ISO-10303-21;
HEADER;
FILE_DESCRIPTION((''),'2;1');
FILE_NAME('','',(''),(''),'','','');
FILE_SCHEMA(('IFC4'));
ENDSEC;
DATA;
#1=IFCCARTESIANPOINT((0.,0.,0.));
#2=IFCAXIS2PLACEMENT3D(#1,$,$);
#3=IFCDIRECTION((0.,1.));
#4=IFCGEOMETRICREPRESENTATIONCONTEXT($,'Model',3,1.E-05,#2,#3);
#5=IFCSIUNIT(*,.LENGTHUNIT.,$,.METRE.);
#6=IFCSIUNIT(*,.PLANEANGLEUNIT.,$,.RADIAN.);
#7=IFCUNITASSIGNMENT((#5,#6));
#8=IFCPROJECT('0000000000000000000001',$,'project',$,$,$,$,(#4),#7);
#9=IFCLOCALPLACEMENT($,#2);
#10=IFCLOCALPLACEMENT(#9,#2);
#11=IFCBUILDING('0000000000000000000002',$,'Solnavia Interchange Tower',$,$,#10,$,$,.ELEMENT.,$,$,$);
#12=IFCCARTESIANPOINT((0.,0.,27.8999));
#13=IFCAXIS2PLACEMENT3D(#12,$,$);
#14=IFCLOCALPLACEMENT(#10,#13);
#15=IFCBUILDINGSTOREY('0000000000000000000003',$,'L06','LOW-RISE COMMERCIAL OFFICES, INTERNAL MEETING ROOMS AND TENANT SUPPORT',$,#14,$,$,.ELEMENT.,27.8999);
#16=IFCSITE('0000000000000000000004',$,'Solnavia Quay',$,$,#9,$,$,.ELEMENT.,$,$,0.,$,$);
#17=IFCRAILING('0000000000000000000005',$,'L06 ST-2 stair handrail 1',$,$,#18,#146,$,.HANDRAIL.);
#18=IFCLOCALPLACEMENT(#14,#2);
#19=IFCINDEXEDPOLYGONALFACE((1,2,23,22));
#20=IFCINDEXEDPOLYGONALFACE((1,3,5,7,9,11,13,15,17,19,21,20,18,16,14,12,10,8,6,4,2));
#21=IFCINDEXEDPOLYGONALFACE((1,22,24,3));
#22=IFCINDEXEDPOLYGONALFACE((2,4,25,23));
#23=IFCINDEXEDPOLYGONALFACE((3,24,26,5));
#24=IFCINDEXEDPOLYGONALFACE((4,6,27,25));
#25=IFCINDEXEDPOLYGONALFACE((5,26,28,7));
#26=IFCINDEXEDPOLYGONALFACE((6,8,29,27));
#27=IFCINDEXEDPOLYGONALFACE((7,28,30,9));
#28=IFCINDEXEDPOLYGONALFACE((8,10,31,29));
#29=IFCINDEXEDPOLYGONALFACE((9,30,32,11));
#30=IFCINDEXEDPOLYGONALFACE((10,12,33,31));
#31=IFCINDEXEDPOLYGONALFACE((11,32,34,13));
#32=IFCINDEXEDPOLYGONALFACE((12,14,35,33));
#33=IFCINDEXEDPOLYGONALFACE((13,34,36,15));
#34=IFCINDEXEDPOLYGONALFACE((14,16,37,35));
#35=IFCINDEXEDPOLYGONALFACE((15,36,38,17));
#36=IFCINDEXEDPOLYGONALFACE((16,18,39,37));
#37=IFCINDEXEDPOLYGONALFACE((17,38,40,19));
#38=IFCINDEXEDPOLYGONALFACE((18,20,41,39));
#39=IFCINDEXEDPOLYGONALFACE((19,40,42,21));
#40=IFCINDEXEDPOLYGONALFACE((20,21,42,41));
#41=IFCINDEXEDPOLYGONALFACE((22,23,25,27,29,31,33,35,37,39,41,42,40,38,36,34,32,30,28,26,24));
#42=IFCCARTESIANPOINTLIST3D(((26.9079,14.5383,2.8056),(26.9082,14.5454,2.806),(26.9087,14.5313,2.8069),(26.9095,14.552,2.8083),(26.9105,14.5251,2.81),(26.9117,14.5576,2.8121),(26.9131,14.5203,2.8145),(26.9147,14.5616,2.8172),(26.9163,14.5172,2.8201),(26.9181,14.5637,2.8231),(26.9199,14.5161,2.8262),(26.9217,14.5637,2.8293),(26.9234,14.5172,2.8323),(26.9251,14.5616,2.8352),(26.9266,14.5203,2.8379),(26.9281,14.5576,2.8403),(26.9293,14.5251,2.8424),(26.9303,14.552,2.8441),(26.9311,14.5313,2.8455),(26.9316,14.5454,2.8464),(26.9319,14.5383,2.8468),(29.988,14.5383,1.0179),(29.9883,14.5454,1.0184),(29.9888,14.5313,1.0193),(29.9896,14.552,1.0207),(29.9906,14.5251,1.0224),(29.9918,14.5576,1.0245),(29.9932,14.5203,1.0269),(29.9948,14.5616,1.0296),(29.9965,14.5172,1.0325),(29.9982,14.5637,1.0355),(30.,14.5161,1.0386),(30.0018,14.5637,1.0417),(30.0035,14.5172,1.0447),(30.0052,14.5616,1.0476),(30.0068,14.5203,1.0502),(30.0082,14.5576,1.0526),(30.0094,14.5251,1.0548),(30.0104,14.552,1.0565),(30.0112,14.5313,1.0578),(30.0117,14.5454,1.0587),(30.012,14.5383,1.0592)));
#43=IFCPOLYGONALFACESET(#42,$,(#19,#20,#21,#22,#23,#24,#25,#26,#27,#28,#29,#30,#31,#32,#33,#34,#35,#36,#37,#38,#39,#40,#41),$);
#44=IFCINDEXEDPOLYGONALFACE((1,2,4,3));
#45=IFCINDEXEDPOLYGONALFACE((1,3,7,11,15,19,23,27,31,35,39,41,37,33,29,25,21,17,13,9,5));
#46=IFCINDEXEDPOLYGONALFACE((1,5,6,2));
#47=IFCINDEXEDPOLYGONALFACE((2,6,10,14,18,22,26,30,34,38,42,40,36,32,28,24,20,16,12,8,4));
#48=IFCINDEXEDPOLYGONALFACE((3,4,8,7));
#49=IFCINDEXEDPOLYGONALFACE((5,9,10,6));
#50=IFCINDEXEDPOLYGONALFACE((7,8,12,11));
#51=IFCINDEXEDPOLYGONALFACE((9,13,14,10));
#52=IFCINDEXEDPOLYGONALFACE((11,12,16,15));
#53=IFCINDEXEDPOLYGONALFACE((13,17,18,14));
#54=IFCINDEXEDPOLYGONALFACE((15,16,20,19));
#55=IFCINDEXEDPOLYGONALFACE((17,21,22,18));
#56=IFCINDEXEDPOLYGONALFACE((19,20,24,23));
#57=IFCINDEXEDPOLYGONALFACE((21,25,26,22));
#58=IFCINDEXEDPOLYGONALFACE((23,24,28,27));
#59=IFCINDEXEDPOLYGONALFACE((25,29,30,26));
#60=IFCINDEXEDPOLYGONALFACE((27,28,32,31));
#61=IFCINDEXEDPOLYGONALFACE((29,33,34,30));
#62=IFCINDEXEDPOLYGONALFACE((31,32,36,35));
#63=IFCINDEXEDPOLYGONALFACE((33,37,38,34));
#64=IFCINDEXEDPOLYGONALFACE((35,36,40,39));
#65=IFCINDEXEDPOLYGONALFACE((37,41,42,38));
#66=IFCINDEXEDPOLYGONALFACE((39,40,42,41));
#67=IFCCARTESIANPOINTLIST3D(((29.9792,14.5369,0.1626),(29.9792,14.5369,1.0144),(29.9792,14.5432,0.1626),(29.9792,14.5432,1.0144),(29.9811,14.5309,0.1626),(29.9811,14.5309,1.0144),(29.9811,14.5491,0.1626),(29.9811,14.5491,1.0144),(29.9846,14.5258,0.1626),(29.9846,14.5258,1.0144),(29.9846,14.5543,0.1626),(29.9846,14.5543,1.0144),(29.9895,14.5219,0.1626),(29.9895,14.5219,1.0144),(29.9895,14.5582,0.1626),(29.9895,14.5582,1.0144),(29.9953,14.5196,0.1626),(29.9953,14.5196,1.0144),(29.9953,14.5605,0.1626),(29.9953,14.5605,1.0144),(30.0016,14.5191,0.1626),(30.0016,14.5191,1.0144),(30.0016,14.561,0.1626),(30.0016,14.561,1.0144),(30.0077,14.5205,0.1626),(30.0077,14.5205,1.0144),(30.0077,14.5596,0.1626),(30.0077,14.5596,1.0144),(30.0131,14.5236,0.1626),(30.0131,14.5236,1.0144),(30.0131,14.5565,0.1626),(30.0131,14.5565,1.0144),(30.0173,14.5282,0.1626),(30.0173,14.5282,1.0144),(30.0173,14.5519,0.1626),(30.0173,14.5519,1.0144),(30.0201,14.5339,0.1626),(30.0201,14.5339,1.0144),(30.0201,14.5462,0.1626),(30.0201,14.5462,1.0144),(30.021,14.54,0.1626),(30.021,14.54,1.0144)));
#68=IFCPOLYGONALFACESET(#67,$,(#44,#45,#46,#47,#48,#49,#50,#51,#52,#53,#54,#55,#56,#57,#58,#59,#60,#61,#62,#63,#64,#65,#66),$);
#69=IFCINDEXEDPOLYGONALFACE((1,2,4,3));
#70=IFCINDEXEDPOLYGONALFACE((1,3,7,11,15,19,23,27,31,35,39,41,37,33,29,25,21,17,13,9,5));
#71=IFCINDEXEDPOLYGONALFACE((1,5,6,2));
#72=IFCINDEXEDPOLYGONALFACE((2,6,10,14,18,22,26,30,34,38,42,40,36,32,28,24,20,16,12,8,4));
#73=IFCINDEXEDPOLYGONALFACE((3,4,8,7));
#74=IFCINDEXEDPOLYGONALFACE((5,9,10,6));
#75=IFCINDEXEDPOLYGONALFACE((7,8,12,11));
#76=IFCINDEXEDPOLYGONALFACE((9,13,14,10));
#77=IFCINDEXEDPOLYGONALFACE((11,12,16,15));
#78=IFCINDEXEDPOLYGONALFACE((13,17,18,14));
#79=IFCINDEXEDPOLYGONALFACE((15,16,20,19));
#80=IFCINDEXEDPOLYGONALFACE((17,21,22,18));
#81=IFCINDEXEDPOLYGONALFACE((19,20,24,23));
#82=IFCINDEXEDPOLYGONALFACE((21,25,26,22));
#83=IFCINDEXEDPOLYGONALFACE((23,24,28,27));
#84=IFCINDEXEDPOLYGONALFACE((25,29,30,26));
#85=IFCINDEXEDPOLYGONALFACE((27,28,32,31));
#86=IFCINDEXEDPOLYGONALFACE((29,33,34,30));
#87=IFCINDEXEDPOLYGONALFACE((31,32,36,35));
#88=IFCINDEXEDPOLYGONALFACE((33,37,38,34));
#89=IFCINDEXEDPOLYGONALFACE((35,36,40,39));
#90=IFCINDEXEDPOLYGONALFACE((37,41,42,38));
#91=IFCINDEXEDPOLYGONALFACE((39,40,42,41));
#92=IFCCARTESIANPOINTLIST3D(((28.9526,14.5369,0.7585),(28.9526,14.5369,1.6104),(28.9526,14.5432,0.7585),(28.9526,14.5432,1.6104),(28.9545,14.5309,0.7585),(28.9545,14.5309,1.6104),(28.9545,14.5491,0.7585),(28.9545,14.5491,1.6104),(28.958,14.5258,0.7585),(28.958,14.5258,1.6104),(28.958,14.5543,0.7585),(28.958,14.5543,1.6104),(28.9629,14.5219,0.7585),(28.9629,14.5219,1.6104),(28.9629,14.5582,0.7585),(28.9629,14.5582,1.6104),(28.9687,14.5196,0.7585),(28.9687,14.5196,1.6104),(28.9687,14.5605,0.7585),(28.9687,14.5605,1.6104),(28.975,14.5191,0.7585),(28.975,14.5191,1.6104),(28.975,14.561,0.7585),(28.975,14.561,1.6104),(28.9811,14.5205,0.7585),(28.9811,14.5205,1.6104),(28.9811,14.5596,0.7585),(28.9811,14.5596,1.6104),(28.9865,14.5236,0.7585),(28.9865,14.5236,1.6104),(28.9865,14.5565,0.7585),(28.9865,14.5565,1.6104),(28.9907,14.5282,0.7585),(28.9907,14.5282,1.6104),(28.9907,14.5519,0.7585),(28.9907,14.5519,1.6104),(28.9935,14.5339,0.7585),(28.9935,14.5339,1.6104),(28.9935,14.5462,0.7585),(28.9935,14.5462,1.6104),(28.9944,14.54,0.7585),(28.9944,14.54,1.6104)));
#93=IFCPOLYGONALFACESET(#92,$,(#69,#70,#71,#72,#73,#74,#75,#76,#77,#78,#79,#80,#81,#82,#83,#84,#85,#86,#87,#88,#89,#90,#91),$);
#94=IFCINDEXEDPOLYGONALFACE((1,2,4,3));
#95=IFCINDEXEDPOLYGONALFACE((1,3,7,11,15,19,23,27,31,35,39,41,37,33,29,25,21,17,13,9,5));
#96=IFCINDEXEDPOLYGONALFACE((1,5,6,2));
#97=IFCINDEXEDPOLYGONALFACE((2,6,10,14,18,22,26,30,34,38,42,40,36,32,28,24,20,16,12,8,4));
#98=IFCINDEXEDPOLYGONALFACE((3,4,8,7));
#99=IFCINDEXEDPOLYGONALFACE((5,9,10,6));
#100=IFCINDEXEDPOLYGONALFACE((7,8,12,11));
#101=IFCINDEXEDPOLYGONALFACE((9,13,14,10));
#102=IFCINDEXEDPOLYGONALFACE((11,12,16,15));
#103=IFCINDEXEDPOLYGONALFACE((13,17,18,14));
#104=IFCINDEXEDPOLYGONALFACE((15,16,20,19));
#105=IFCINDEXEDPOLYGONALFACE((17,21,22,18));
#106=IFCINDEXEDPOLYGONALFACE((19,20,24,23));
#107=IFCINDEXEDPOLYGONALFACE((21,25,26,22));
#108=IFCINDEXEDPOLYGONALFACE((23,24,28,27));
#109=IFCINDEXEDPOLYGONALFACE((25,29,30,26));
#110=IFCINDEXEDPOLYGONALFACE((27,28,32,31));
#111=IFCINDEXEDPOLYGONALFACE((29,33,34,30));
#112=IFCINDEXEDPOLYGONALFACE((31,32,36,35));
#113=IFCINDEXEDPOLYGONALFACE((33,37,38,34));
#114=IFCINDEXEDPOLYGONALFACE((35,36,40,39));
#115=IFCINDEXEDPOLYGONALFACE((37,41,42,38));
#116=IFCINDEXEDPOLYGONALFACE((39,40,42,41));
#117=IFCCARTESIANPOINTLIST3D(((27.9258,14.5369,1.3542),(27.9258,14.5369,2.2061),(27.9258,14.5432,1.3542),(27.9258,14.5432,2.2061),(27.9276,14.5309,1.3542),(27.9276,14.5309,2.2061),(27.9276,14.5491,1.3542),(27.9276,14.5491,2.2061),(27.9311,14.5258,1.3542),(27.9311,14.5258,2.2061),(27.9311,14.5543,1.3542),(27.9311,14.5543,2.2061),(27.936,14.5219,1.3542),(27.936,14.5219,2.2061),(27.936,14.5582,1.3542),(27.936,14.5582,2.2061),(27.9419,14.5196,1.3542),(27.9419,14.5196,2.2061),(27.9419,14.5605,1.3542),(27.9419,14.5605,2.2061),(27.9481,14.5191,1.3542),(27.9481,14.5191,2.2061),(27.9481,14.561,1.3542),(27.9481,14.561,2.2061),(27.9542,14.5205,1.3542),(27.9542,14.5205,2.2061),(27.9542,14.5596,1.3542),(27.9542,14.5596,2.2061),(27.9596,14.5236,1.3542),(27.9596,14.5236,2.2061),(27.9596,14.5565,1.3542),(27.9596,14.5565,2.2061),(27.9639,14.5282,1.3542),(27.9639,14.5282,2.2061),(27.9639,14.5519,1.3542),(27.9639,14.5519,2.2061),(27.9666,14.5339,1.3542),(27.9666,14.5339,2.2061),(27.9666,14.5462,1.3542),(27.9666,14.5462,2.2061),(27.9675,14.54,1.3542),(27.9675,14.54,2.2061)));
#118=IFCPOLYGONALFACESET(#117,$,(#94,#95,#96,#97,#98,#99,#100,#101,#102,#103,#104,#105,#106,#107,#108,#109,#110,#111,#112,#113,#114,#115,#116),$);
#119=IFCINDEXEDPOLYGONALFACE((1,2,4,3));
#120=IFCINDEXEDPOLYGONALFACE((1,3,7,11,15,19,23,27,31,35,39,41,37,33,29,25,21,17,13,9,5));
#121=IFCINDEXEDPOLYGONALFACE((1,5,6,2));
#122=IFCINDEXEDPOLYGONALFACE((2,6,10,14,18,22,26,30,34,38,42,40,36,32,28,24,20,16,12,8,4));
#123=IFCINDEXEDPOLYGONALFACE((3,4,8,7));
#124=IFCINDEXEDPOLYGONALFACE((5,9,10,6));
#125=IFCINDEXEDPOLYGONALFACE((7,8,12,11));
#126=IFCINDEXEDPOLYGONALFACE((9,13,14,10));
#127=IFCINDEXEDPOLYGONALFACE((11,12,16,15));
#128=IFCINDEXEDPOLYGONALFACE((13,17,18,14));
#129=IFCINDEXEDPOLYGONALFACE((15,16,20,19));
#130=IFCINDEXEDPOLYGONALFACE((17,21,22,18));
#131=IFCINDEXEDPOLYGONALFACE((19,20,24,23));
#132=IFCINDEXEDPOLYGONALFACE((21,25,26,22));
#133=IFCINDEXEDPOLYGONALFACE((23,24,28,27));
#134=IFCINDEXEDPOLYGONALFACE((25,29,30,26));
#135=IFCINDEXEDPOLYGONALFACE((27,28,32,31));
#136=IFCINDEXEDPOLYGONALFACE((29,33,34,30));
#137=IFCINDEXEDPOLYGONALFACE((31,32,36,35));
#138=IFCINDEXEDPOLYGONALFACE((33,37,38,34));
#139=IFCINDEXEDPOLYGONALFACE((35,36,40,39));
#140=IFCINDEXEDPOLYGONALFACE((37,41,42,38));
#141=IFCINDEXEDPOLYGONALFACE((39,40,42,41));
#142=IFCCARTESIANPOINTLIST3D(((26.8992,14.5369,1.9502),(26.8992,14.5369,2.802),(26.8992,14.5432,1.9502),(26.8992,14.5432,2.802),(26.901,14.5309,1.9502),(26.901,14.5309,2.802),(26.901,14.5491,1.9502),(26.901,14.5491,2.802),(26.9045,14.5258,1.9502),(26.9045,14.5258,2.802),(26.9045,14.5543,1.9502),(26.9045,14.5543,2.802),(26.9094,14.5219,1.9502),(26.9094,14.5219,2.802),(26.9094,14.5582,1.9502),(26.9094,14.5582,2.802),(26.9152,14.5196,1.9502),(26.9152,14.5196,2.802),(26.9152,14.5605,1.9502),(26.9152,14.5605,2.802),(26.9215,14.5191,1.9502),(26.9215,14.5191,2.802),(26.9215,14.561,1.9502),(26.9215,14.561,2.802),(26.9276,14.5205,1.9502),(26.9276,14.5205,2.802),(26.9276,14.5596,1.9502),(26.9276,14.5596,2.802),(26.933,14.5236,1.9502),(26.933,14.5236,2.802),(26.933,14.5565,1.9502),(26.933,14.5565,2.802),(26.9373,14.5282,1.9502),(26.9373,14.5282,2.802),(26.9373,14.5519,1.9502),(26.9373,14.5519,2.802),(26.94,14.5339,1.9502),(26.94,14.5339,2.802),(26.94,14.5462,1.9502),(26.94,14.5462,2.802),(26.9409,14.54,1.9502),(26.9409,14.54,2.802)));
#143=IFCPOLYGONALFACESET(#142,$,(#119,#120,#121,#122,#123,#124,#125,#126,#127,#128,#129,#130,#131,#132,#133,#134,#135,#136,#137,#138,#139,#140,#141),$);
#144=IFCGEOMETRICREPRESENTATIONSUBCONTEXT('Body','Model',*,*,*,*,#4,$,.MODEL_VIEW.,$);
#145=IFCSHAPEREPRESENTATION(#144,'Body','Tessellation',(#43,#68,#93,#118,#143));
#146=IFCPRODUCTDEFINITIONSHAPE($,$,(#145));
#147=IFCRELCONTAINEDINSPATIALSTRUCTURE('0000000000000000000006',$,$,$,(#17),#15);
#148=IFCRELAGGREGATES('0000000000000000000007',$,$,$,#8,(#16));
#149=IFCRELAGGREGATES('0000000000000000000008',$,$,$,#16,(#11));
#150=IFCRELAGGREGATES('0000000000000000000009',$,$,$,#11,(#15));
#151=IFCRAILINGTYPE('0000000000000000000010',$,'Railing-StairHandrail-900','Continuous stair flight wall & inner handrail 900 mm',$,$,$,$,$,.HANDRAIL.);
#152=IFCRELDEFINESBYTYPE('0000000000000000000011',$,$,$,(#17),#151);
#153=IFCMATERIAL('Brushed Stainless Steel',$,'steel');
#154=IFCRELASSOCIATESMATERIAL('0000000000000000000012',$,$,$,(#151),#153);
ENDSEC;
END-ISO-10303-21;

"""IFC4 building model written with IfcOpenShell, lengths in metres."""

from ifc_helpers import new_model, si_unit, direction, frame, origin, origin_2d, place, context, subcontext, project, spatial, circle, extrude, material, type_object, element, save


model = new_model("IFC4")

# Units and contexts
model_context = context("Model", 3, precision=1e-05, world=origin(), true_north=direction((0.0, 1.0)))
body_context = subcontext(model_context, "Body", "Model", "MODEL_VIEW")
ifc_project = project(units=[si_unit("LENGTHUNIT", "METRE"), si_unit("PLANEANGLEUNIT", "RADIAN")], contexts=[model_context])

# Site, building, storey
site_placement = place(None, origin())
site = spatial("IfcSite", under=ifc_project, at=site_placement, Name="Solnavia Quay", CompositionType="ELEMENT", RefElevation=0.0)
building_placement = place(site_placement, origin())
building = spatial("IfcBuilding", under=site, at=building_placement, Name="Solnavia Interchange Tower", CompositionType="ELEMENT")
storey_placement = place(building_placement, frame((0.0, 0.0, 27.8999)))
storey = spatial("IfcBuildingStorey", under=building, at=storey_placement, Name="L06", Description="LOW-RISE COMMERCIAL OFFICES, INTERNAL MEETING ROOMS AND TENANT SUPPORT", CompositionType="ELEMENT", Elevation=27.8999)

# Railing
ifc_material_1 = material(Name="Brushed Stainless Steel", Category="steel")
railing_type_1 = type_object("IfcRailingType", Name="Railing-StairHandrail-900", Description="Continuous stair flight wall & inner handrail 900 mm", PredefinedType="HANDRAIL", material=ifc_material_1)
railing_1_placement = place(storey_placement, frame((30.0, 14.54, 0.1626)))
element("IfcRailing", 1, at=railing_1_placement, inside=storey, type_object=railing_type_1, Name="L06 ST-2 stair handrail 1", PredefinedType="HANDRAIL", context=body_context, shape_type="SweptSolid", body=[
    extrude(circle(Radius=0.0239, at=origin_2d()), frame((0.0, 0.0, 0.876), z_axis=(-0.864891, 0.0, 0.50196), x_axis=(0.0, -1.0, 0.0)), (0.0, 0.0, 1.0), 3.5613),
    extrude(circle(Radius=0.021, at=origin_2d()), origin(), (0.0, 0.0, 1.0), 0.8518),
    extrude(circle(Radius=0.021, at=origin_2d()), frame((-1.0266, 0.0, 0.5959)), (0.0, 0.0, 1.0), 0.8518),
    extrude(circle(Radius=0.021, at=origin_2d()), frame((-2.0535, 0.0, 1.1917)), (0.0, 0.0, 1.0), 0.8518),
    extrude(circle(Radius=0.021, at=origin_2d()), frame((-3.0801, 0.0, 1.7876)), (0.0, 0.0, 1.0), 0.8518),
])

save(model, "model.ifc")
